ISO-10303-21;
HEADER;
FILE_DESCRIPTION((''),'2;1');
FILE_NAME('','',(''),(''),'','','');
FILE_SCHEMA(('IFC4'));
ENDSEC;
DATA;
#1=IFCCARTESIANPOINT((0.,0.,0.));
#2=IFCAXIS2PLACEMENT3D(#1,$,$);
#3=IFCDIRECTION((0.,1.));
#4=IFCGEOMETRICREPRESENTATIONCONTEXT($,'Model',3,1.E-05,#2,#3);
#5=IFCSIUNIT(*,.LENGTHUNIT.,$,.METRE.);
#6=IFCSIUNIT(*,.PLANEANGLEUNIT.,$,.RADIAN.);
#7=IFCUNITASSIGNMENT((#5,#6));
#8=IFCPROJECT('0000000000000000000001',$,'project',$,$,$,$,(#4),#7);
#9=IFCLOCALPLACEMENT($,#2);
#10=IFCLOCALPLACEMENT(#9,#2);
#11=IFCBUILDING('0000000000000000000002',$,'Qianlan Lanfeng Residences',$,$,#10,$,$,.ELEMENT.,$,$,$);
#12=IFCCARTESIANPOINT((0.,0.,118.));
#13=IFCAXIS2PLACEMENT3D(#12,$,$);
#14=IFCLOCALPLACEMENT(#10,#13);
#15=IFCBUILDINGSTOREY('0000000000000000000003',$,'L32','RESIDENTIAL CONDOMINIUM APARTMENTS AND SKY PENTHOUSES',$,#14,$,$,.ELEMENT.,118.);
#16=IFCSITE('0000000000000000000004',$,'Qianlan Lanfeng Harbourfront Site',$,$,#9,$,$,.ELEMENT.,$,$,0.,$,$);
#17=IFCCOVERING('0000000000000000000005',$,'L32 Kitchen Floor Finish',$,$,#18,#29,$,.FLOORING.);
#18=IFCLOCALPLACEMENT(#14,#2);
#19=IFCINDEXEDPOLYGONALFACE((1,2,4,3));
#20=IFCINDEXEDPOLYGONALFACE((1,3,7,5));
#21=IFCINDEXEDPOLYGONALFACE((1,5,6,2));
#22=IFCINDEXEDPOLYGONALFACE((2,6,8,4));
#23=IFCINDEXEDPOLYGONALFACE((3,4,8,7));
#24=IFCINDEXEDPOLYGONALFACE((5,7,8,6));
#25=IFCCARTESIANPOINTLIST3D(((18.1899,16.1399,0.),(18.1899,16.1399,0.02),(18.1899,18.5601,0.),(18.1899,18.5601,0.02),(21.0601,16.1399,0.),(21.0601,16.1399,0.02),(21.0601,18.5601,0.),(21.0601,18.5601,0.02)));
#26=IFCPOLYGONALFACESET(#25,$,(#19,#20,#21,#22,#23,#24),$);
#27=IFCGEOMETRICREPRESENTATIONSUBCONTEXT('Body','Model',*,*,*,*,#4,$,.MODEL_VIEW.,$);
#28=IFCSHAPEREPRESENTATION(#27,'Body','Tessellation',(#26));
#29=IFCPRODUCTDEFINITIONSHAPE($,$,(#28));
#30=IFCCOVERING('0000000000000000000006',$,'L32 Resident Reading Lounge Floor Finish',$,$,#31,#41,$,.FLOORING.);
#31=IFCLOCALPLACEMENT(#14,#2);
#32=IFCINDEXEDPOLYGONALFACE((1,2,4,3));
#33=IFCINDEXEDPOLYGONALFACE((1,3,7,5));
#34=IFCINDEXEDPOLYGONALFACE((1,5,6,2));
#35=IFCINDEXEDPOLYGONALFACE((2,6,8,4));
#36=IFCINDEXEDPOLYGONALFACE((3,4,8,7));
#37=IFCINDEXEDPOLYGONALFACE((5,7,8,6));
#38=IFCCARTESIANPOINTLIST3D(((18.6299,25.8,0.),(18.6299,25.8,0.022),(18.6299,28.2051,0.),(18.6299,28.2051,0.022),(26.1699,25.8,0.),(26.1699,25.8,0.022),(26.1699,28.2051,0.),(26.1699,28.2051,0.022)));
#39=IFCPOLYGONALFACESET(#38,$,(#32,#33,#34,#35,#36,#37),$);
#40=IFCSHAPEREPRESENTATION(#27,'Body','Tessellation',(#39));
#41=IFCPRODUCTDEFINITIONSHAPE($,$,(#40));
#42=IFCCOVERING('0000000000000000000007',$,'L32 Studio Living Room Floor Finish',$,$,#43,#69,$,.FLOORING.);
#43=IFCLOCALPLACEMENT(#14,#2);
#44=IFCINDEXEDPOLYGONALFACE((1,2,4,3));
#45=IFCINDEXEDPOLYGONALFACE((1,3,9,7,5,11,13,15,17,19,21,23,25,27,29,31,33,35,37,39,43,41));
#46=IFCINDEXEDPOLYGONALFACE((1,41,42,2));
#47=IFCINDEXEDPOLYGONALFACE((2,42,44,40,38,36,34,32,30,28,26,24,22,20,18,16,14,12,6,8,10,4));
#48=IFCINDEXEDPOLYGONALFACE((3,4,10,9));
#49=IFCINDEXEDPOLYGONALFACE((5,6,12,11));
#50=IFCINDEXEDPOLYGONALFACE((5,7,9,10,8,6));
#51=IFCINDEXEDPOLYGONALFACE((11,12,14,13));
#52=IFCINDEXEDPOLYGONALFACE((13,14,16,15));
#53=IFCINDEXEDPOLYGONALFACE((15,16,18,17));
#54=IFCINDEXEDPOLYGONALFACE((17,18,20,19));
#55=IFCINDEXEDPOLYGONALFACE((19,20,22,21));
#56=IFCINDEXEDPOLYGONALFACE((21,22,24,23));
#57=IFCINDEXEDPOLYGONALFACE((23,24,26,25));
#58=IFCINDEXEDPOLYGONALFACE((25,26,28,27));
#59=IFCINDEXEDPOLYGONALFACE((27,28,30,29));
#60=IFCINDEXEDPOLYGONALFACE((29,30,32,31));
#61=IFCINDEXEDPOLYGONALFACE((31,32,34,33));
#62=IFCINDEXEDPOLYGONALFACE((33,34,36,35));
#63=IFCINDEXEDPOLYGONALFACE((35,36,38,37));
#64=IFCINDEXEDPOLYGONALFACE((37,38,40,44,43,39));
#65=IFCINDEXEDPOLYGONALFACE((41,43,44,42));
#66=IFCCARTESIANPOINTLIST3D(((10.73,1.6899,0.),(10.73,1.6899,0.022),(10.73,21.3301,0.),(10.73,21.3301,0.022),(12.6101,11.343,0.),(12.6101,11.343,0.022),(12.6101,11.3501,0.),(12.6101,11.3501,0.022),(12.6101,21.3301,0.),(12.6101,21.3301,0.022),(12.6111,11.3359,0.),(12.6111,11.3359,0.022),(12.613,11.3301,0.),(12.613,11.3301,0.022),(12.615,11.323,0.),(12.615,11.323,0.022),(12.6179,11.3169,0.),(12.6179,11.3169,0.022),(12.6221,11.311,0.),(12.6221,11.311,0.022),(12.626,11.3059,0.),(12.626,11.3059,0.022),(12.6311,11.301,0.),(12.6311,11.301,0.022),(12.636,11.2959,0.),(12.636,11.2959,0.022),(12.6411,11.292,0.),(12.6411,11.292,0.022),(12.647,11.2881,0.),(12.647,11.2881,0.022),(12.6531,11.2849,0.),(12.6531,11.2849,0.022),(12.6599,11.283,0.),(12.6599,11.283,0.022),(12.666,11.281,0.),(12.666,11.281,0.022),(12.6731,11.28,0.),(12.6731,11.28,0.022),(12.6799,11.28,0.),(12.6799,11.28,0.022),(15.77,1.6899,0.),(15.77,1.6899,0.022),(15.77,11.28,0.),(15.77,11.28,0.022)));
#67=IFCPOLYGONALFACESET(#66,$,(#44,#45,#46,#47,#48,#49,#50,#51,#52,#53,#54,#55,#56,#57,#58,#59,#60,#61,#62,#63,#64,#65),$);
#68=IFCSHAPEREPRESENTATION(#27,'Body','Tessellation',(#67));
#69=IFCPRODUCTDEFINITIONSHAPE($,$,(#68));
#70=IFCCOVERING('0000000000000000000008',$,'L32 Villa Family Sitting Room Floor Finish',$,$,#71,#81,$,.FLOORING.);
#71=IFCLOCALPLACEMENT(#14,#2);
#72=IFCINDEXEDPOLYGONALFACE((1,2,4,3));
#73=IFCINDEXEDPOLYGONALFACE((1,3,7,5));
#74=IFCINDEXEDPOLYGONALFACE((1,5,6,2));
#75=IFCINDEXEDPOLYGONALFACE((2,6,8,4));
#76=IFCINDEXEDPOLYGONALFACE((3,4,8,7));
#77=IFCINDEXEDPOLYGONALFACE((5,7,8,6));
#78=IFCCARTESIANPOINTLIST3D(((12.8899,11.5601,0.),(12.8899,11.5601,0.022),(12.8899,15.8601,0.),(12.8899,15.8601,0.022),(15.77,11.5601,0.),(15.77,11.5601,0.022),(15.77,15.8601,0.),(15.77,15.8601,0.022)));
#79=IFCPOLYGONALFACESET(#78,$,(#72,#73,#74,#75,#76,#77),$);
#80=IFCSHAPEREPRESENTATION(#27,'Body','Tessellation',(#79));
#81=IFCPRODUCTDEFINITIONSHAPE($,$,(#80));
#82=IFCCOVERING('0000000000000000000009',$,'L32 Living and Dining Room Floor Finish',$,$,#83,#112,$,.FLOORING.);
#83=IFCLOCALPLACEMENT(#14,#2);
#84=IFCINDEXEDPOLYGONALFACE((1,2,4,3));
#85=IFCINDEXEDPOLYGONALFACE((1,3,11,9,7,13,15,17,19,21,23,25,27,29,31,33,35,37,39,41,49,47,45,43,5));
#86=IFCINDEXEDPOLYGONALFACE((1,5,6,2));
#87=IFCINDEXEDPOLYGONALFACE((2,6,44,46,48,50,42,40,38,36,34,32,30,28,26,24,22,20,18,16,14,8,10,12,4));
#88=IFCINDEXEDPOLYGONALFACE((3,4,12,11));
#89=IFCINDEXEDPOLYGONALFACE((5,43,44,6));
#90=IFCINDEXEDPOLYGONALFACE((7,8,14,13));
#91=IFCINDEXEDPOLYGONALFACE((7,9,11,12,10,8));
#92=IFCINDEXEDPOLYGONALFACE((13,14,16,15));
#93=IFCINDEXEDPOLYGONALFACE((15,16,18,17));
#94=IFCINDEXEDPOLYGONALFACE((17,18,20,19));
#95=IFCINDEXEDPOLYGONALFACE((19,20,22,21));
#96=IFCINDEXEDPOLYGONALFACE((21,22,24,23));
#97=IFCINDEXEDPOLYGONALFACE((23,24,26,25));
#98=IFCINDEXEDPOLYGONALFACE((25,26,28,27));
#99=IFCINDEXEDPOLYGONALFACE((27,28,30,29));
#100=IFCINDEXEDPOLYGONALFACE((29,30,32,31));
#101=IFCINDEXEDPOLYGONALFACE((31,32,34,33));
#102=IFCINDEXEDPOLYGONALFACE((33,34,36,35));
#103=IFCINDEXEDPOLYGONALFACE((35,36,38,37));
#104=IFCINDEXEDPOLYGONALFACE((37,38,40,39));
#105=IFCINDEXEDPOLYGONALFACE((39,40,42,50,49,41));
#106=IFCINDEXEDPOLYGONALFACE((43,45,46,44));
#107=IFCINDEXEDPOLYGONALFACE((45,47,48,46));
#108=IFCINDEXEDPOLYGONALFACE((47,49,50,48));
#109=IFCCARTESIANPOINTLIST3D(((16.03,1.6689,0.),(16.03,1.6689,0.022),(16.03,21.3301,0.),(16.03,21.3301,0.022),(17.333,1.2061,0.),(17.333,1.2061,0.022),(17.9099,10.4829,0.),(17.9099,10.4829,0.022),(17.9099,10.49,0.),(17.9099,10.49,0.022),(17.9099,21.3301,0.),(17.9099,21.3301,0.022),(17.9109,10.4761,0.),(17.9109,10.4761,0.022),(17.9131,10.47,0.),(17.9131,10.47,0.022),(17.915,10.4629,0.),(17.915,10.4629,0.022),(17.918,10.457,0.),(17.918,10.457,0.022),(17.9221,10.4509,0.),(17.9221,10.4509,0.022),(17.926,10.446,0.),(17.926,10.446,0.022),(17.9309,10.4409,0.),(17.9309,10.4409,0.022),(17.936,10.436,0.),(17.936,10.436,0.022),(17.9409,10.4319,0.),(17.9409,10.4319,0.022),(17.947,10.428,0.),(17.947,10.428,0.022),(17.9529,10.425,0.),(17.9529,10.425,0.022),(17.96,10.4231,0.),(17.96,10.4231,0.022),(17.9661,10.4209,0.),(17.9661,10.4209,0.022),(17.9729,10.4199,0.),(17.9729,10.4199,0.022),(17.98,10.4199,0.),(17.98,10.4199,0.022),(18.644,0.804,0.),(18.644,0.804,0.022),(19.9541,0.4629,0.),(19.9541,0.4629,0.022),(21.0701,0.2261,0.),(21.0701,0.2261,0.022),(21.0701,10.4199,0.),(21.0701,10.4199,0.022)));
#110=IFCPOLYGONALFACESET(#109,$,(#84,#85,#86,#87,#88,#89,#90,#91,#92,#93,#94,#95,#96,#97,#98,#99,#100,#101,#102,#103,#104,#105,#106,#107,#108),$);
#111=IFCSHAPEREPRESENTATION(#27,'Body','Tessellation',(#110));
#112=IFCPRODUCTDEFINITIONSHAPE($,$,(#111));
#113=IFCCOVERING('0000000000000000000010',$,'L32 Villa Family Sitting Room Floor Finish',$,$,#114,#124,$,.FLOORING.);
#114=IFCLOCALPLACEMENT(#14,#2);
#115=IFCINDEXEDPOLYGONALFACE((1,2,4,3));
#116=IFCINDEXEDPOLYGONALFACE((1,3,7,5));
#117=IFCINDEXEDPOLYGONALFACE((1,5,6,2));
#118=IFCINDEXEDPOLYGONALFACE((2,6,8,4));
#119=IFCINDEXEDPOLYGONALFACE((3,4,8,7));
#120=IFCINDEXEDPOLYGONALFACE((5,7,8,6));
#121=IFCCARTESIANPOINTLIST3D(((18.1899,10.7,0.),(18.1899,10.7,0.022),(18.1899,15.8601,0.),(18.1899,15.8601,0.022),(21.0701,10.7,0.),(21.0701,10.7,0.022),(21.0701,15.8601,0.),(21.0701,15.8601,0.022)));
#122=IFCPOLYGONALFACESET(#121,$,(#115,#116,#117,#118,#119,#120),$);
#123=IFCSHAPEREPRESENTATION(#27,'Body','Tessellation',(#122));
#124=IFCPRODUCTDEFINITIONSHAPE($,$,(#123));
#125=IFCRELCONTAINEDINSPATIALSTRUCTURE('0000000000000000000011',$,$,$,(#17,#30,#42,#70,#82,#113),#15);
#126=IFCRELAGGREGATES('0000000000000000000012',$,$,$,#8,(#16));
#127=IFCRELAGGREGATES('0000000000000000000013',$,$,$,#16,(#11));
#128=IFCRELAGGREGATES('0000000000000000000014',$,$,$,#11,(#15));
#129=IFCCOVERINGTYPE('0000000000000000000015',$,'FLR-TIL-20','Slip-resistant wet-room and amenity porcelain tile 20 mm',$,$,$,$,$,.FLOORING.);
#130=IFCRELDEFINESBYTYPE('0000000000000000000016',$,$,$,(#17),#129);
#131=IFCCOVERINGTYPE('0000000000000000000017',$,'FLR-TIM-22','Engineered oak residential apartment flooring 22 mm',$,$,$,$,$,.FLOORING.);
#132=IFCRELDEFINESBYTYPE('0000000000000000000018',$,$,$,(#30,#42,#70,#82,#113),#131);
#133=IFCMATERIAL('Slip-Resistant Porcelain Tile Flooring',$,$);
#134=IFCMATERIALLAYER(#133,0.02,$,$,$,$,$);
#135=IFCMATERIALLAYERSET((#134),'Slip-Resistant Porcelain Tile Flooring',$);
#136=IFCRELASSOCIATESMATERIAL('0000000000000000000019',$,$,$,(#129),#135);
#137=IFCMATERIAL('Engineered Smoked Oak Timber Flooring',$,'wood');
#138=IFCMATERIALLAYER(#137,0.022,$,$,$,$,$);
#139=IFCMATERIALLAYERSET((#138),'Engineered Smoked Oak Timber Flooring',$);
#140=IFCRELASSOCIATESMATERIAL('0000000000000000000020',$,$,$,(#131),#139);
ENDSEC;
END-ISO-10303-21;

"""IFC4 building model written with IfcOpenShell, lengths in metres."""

from ifc_helpers import new_model, si_unit, direction, frame, origin, place, context, subcontext, project, spatial, polyline, outline, extrude, material, layer, layer_set, type_object, element, save


model = new_model("IFC4")

# Units and contexts
model_context = context("Model", 3, precision=1e-05, world=origin(), true_north=direction((0.0, 1.0)))
body_context = subcontext(model_context, "Body", "Model", "MODEL_VIEW")
ifc_project = project(units=[si_unit("LENGTHUNIT", "METRE"), si_unit("PLANEANGLEUNIT", "RADIAN")], contexts=[model_context])

# Site, building, storey
site_placement = place(None, origin())
site = spatial("IfcSite", under=ifc_project, at=site_placement, Name="Qianlan Lanfeng Harbourfront Site", CompositionType="ELEMENT", RefElevation=0.0)
building_placement = place(site_placement, origin())
building = spatial("IfcBuilding", under=site, at=building_placement, Name="Qianlan Lanfeng Residences", CompositionType="ELEMENT")
storey_placement = place(building_placement, frame((0.0, 0.0, 118.0)))
storey = spatial("IfcBuildingStorey", under=building, at=storey_placement, Name="L32", Description="RESIDENTIAL CONDOMINIUM APARTMENTS AND SKY PENTHOUSES", CompositionType="ELEMENT", Elevation=118.0)

# Coverings
ifc_material_1 = material(Name="Slip-Resistant Porcelain Tile Flooring")
ifc_layer_1 = layer(ifc_material_1, 0.02)
ifc_layer_set_1 = layer_set([ifc_layer_1], Name="Slip-Resistant Porcelain Tile Flooring")
covering_type_1 = type_object("IfcCoveringType", Name="FLR-TIL-20", Description="Slip-resistant wet-room and amenity porcelain tile 20 mm", PredefinedType="FLOORING", material=ifc_layer_set_1)
covering_1_placement = place(storey_placement, origin())
element("IfcCovering", 1, at=covering_1_placement, inside=storey, type_object=covering_type_1, Name="L32 Kitchen Floor Finish", PredefinedType="FLOORING", context=body_context, shape_type="SweptSolid", body=[
    extrude(outline(polyline([(18.1899, 16.1399), (21.0601, 16.1399), (21.0601, 18.5601), (18.1899, 18.5601), (18.1899, 16.1399)])), origin(), (0.0, 0.0, 1.0), 0.02),
])
ifc_material_2 = material(Name="Engineered Smoked Oak Timber Flooring", Category="wood")
ifc_layer_2 = layer(ifc_material_2, 0.022)
ifc_layer_set_2 = layer_set([ifc_layer_2], Name="Engineered Smoked Oak Timber Flooring")
covering_type_2 = type_object("IfcCoveringType", Name="FLR-TIM-22", Description="Engineered oak residential apartment flooring 22 mm", PredefinedType="FLOORING", material=ifc_layer_set_2)
covering_2_placement = place(storey_placement, origin())
element("IfcCovering", 2, at=covering_2_placement, inside=storey, type_object=covering_type_2, Name="L32 Resident Reading Lounge Floor Finish", PredefinedType="FLOORING", context=body_context, shape_type="SweptSolid", body=[
    extrude(outline(polyline([(18.6299, 25.8), (26.1699, 25.8), (26.1699, 28.2051), (18.6299, 28.2051), (18.6299, 25.8)])), origin(), (0.0, 0.0, 1.0), 0.022),
])
covering_3_placement = place(storey_placement, origin())
element("IfcCovering", 3, at=covering_3_placement, inside=storey, type_object=covering_type_2, Name="L32 Studio Living Room Floor Finish", PredefinedType="FLOORING", context=body_context, shape_type="SweptSolid", body=[
    extrude(outline(polyline([(15.77, 1.6899), (15.77, 11.28), (12.6799, 11.28), (12.6731, 11.28), (12.666, 11.281), (12.6599, 11.283), (12.6531, 11.2849), (12.647, 11.2881), (12.6411, 11.292), (12.636, 11.2959), (12.6311, 11.301), (12.626, 11.3059), (12.6221, 11.311), (12.6179, 11.3169), (12.615, 11.323), (12.613, 11.3301), (12.6111, 11.3359), (12.6101, 11.343), (12.6101, 11.3501), (12.6101, 21.3301), (10.73, 21.3301), (10.73, 1.6899), (15.77, 1.6899)])), origin(), (0.0, 0.0, 1.0), 0.022),
])
covering_4_placement = place(storey_placement, origin())
element("IfcCovering", 4, at=covering_4_placement, inside=storey, type_object=covering_type_2, Name="L32 Villa Family Sitting Room Floor Finish", PredefinedType="FLOORING", context=body_context, shape_type="SweptSolid", body=[
    extrude(outline(polyline([(12.8899, 15.8601), (12.8899, 11.5601), (15.77, 11.5601), (15.77, 15.8601), (12.8899, 15.8601)])), origin(), (0.0, 0.0, 1.0), 0.022),
])
covering_5_placement = place(storey_placement, origin())
element("IfcCovering", 5, at=covering_5_placement, inside=storey, type_object=covering_type_2, Name="L32 Living and Dining Room Floor Finish", PredefinedType="FLOORING", context=body_context, shape_type="SweptSolid", body=[
    extrude(outline(polyline([(21.0701, 0.2261), (21.0701, 10.4199), (17.98, 10.4199), (17.9729, 10.4199), (17.9661, 10.4209), (17.96, 10.4231), (17.9529, 10.425), (17.947, 10.428), (17.9409, 10.4319), (17.936, 10.436), (17.9309, 10.4409), (17.926, 10.446), (17.9221, 10.4509), (17.918, 10.457), (17.915, 10.4629), (17.9131, 10.47), (17.9109, 10.4761), (17.9099, 10.4829), (17.9099, 10.49), (17.9099, 21.3301), (16.03, 21.3301), (16.03, 1.6689), (17.333, 1.2061), (18.644, 0.804), (19.9541, 0.4629), (21.0701, 0.2261)])), origin(), (0.0, 0.0, 1.0), 0.022),
])
covering_6_placement = place(storey_placement, origin())
element("IfcCovering", 6, at=covering_6_placement, inside=storey, type_object=covering_type_2, Name="L32 Villa Family Sitting Room Floor Finish", PredefinedType="FLOORING", context=body_context, shape_type="SweptSolid", body=[
    extrude(outline(polyline([(18.1899, 15.8601), (18.1899, 10.7), (21.0701, 10.7), (21.0701, 15.8601), (18.1899, 15.8601)])), origin(), (0.0, 0.0, 1.0), 0.022),
])

save(model, "model.ifc")
